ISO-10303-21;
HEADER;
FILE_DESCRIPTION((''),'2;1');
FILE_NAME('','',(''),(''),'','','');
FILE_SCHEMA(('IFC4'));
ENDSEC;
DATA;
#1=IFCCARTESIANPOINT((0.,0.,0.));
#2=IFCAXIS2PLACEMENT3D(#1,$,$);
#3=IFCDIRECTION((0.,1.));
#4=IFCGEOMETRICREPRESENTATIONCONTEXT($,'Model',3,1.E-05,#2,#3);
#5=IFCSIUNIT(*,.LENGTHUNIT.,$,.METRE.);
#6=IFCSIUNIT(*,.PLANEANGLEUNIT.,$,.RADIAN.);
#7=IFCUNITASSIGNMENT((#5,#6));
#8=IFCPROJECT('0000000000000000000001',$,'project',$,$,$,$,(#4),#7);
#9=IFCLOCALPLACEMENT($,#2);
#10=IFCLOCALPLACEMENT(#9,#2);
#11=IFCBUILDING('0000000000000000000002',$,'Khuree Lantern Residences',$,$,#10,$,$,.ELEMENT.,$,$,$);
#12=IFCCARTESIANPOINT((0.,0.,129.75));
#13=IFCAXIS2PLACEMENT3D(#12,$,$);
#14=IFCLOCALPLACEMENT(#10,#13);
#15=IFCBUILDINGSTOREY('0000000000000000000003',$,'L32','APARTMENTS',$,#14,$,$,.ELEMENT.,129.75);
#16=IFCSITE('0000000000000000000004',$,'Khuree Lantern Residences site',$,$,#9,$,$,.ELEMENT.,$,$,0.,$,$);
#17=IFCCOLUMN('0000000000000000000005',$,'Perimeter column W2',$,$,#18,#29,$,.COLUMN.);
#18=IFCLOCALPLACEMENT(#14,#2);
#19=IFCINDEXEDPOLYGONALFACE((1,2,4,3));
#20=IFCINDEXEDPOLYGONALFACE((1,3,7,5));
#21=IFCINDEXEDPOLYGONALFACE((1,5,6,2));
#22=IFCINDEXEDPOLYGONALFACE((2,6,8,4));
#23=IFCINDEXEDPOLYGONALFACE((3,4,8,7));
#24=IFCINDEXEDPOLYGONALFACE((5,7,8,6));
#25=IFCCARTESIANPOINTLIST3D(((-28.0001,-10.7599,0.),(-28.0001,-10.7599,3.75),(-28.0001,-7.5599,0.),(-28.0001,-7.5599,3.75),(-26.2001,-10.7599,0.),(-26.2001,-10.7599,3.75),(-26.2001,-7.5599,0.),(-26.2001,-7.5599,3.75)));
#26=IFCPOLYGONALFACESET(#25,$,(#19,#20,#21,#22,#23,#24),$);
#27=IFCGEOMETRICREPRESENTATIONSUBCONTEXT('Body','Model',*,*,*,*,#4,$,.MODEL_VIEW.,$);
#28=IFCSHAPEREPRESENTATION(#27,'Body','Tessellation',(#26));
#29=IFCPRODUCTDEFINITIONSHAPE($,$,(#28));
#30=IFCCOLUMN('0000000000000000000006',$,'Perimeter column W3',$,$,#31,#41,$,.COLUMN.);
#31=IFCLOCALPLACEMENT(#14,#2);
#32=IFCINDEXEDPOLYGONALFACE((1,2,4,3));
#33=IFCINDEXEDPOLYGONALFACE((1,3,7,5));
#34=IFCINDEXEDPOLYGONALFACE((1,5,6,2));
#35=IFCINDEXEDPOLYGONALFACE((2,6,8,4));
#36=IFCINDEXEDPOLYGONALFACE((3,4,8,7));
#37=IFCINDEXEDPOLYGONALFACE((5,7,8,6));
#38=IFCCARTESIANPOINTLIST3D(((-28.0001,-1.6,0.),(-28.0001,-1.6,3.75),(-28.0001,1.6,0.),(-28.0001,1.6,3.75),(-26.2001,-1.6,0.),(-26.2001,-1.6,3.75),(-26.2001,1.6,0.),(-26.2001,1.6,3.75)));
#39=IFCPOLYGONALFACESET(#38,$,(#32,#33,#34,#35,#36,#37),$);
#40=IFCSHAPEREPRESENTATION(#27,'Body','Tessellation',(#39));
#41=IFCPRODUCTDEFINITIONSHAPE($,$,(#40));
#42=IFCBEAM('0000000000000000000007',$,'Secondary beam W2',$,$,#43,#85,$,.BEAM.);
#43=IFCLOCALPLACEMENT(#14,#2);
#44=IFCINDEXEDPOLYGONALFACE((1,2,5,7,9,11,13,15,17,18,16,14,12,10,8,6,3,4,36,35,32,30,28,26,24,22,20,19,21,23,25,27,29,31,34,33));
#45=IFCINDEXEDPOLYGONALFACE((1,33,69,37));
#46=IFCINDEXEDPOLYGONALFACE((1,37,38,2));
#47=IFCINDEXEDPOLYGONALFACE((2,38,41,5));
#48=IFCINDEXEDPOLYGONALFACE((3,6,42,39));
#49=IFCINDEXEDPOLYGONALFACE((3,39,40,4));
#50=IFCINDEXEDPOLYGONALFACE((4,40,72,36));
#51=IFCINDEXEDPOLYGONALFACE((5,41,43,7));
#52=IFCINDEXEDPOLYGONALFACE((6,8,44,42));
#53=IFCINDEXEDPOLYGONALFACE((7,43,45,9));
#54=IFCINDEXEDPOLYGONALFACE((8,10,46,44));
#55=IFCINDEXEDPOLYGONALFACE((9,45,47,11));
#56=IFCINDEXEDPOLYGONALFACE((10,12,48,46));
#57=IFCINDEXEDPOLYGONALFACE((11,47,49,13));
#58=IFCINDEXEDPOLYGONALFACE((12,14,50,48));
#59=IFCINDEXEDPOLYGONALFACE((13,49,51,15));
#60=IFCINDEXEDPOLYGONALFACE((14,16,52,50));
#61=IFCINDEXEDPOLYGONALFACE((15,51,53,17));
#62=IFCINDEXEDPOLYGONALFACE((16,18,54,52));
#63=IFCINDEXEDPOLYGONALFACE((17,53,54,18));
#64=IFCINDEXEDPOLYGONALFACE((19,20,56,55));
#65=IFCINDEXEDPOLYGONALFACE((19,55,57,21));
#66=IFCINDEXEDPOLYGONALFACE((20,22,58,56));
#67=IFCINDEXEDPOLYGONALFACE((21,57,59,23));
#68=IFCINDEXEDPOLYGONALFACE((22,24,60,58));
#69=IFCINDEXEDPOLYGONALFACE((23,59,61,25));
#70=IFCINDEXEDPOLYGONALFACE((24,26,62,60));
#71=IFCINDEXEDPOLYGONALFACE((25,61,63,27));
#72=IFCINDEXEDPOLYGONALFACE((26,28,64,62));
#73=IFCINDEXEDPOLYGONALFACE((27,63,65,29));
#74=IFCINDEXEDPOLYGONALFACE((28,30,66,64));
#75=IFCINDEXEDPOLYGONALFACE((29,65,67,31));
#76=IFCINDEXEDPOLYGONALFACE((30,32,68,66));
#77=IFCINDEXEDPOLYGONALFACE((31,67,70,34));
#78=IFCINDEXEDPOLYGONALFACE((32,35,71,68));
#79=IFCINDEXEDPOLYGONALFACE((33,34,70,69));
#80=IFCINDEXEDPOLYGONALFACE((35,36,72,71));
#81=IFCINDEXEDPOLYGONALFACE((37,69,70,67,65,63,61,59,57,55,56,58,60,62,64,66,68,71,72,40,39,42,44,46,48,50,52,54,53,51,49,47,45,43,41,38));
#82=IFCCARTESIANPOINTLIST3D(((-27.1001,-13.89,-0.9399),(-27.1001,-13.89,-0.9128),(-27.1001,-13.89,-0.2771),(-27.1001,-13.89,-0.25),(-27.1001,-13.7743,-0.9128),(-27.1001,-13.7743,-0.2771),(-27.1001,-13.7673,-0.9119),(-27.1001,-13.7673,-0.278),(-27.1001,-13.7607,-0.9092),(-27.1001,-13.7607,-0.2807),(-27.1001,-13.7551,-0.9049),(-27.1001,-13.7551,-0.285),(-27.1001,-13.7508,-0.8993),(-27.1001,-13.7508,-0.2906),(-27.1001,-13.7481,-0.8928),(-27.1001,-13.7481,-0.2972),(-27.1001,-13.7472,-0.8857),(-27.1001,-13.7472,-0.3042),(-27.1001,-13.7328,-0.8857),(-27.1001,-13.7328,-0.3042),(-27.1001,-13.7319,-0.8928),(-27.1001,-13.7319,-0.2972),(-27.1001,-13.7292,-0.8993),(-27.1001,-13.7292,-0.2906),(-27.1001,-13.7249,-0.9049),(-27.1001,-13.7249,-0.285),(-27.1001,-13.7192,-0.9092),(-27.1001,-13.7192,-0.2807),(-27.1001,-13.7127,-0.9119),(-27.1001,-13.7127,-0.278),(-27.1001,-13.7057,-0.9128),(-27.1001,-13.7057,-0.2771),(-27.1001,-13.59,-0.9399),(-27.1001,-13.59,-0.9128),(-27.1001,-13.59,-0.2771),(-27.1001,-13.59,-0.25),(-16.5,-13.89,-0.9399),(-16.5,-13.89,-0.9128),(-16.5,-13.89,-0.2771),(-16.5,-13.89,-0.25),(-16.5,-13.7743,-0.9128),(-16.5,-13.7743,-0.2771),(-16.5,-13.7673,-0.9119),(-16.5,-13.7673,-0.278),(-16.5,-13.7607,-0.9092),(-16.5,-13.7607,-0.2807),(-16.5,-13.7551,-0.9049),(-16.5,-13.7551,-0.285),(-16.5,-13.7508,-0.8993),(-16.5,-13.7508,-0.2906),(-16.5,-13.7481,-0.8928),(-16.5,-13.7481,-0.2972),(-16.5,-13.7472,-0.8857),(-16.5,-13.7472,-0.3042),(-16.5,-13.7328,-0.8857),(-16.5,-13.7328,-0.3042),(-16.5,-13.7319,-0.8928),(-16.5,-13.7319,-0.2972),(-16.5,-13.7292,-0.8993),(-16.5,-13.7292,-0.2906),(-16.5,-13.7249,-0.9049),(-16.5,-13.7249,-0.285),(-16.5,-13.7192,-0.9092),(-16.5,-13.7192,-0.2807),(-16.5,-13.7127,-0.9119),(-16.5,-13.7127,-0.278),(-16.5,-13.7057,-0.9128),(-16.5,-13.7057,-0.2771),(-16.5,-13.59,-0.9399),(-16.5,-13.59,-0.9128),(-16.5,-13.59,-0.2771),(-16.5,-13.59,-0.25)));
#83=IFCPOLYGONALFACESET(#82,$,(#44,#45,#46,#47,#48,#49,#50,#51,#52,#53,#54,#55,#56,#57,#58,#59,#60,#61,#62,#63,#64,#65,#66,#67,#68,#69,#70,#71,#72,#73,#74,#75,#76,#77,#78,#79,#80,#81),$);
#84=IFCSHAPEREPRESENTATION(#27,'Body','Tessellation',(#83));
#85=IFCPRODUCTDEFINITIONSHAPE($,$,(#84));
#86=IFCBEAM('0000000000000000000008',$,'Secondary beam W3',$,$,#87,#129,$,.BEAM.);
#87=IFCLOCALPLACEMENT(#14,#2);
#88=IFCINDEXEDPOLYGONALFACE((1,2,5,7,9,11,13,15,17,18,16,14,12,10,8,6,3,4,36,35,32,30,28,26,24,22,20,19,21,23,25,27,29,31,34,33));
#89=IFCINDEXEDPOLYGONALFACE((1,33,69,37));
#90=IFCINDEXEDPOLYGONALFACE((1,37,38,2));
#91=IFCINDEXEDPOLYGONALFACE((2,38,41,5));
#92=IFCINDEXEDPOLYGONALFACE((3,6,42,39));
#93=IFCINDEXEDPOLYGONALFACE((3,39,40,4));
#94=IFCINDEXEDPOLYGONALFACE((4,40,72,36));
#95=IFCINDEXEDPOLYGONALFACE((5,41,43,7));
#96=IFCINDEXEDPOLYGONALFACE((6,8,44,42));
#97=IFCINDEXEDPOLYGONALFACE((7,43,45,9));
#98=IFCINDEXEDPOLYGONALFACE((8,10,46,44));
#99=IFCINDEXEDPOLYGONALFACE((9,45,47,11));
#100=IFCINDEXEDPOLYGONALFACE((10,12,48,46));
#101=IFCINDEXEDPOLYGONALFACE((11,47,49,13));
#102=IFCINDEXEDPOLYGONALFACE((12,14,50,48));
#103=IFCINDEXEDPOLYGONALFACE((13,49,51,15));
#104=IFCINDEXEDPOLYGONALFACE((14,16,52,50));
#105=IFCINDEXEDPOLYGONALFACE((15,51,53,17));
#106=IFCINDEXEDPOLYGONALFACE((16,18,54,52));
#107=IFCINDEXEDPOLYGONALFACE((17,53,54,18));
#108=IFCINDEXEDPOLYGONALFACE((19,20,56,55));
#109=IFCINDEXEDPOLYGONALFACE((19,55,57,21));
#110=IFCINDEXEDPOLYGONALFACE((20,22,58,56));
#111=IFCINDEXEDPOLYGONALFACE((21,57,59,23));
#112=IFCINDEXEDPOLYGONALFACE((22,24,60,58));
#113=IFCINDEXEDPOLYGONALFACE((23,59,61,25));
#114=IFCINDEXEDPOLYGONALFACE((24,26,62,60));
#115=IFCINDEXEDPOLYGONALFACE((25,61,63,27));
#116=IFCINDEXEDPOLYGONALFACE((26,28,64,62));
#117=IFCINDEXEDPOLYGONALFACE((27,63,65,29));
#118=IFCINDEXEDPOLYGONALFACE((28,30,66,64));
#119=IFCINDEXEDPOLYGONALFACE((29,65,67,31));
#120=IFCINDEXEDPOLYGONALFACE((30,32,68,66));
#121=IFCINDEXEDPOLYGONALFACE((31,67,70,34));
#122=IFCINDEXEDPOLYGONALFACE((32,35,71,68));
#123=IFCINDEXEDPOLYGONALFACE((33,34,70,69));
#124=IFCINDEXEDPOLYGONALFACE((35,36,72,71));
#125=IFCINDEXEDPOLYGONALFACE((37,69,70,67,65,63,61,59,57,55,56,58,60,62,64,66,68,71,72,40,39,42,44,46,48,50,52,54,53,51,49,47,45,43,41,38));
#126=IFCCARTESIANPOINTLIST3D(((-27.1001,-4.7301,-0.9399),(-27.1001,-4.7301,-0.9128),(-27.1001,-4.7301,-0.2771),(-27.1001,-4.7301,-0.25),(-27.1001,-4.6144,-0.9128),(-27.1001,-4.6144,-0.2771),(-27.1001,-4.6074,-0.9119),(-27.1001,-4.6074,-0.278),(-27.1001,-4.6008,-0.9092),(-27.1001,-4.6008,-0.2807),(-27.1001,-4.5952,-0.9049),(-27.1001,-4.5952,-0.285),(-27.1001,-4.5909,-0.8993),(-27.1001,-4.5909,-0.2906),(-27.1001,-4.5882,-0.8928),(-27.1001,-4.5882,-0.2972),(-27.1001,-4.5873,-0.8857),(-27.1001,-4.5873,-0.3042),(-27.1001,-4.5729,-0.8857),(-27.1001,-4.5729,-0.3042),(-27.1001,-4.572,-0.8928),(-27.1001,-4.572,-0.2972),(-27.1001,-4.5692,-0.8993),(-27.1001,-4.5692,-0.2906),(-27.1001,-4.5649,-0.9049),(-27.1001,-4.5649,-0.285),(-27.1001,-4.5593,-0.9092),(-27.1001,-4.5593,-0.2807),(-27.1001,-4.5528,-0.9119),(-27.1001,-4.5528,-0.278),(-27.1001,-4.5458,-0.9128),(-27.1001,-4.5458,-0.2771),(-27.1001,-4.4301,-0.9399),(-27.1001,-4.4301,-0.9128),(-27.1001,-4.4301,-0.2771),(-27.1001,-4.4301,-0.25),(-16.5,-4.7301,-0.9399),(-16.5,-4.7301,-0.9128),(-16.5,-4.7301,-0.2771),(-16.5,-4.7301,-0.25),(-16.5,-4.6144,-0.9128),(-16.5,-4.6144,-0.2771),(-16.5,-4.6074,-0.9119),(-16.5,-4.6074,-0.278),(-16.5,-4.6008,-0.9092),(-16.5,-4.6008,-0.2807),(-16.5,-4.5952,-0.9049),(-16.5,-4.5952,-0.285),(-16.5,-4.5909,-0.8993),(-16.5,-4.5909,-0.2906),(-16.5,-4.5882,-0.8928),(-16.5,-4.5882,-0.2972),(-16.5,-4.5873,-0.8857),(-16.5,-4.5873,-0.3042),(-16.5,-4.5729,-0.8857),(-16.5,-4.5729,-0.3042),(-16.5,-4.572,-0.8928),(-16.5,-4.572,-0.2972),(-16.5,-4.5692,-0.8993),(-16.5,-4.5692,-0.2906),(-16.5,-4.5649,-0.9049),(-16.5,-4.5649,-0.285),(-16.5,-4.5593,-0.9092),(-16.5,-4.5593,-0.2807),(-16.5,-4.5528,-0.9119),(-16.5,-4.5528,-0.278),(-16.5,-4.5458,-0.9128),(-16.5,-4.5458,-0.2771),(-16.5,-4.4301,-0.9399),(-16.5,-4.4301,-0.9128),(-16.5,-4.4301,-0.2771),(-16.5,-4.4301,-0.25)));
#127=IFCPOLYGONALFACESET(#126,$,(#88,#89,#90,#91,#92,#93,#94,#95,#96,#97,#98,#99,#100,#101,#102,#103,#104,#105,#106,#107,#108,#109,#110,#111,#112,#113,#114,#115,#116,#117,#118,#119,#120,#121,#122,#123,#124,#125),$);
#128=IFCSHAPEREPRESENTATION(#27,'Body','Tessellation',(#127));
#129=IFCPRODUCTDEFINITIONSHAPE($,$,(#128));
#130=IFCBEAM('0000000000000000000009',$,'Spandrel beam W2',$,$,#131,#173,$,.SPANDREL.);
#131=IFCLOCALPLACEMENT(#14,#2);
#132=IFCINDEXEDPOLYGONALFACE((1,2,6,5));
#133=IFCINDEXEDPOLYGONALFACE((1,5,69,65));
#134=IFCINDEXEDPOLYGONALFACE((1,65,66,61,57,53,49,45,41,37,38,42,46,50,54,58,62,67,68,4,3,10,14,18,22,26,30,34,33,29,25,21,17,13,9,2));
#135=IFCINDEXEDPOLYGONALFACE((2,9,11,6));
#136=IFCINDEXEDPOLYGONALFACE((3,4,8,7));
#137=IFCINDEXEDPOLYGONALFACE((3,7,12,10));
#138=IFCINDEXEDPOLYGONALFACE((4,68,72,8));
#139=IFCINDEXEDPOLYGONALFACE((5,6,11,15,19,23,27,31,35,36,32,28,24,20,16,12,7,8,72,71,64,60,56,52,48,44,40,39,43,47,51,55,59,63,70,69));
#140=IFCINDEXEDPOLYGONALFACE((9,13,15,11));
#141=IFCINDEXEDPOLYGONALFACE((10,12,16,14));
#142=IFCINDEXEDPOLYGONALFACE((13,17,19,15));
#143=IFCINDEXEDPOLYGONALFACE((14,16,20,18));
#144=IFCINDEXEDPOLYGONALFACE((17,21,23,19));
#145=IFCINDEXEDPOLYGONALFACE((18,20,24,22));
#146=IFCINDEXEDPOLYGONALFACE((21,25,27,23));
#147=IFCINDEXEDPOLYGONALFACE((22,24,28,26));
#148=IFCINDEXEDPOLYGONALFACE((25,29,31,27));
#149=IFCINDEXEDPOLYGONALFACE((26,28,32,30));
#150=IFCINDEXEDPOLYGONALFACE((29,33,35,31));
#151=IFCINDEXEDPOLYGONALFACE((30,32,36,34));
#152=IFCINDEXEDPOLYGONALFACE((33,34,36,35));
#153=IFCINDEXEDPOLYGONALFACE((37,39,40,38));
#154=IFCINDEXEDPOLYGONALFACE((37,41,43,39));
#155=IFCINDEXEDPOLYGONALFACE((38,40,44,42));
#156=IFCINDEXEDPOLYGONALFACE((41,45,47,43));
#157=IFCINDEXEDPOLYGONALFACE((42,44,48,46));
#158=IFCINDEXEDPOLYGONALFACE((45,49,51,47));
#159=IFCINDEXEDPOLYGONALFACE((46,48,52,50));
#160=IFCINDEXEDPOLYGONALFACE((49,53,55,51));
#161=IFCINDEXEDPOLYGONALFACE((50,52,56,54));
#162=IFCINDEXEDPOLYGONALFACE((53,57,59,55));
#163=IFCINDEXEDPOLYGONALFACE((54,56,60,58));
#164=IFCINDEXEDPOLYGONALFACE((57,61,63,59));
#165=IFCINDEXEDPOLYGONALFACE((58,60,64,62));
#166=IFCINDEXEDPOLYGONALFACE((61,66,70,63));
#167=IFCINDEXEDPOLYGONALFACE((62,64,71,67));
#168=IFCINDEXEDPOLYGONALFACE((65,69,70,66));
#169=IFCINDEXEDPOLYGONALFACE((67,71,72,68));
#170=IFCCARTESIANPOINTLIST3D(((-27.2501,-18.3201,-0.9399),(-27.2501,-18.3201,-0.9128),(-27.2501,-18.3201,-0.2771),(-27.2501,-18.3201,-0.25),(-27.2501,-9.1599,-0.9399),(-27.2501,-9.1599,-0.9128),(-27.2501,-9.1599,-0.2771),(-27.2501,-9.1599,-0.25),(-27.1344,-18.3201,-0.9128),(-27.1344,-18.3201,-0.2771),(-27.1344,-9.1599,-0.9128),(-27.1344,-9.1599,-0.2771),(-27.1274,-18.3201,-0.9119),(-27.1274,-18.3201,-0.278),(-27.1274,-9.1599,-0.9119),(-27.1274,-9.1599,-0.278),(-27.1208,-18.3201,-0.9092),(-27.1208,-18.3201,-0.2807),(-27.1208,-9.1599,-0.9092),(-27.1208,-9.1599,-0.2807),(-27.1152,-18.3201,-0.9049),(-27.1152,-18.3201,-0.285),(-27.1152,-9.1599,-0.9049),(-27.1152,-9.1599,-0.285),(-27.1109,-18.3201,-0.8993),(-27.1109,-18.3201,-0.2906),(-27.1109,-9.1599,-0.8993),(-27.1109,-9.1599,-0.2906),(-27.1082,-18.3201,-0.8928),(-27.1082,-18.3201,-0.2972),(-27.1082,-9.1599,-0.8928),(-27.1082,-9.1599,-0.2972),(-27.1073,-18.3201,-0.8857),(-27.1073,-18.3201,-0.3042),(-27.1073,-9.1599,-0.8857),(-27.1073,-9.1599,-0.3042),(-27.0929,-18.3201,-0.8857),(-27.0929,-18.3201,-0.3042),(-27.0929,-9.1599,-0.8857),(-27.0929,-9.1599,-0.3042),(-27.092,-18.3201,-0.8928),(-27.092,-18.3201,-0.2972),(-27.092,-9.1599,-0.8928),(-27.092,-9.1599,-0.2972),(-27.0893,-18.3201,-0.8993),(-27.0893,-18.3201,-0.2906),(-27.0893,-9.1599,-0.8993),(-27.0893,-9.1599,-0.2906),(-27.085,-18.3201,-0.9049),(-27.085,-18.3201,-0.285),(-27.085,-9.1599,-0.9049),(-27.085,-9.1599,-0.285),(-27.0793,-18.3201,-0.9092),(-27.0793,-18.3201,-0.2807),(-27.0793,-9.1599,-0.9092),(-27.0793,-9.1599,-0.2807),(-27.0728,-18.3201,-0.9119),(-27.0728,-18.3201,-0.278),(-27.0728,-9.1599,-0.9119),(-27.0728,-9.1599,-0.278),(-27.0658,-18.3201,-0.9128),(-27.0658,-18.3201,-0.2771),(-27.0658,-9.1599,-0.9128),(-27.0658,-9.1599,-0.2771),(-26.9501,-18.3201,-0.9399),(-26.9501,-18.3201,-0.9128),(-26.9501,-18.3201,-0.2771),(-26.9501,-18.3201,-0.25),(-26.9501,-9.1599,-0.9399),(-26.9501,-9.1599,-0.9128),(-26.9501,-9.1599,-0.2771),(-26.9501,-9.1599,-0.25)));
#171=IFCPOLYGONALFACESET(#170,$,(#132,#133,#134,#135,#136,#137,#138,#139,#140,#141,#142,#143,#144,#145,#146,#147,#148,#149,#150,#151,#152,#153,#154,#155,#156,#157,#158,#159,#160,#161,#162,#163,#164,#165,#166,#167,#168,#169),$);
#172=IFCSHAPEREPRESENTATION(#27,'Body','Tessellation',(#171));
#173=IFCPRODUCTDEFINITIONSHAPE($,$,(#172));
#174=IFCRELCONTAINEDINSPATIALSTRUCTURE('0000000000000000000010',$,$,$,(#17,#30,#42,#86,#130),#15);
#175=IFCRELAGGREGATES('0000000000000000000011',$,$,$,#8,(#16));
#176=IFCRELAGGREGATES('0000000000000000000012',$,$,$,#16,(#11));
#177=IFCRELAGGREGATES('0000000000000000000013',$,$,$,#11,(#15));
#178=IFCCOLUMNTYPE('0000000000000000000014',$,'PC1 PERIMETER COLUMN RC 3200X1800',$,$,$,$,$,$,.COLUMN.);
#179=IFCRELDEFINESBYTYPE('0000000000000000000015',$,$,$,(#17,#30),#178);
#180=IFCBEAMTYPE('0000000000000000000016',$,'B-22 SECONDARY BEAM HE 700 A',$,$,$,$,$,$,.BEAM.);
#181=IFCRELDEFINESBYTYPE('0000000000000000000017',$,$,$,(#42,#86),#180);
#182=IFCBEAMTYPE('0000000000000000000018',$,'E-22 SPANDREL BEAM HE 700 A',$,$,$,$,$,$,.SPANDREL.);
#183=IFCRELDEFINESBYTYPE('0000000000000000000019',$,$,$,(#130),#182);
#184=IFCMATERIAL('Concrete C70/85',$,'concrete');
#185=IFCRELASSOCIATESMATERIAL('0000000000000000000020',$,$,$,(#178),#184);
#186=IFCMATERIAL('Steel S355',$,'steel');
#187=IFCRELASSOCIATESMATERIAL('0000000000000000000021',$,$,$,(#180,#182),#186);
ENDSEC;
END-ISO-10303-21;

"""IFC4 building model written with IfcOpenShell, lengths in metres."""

from ifc_helpers import new_model, si_unit, direction, frame, origin, origin_2d, place, context, subcontext, project, spatial, rectangle, i_section, extrude, material, material_profile, profile_set, type_object, element, save


model = new_model("IFC4")

# Units and contexts
model_context = context("Model", 3, precision=1e-05, world=origin(), true_north=direction((0.0, 1.0)))
body_context = subcontext(model_context, "Body", "Model", "MODEL_VIEW")
ifc_project = project(units=[si_unit("LENGTHUNIT", "METRE"), si_unit("PLANEANGLEUNIT", "RADIAN")], contexts=[model_context])

# Site, building, storey
site_placement = place(None, origin())
site = spatial("IfcSite", under=ifc_project, at=site_placement, Name="Khuree Lantern Residences site", CompositionType="ELEMENT", RefElevation=0.0)
building_placement = place(site_placement, origin())
building = spatial("IfcBuilding", under=site, at=building_placement, Name="Khuree Lantern Residences", CompositionType="ELEMENT")
storey_placement = place(building_placement, frame((0.0, 0.0, 129.75)))
storey = spatial("IfcBuildingStorey", under=building, at=storey_placement, Name="L32", Description="APARTMENTS", CompositionType="ELEMENT", Elevation=129.75)

# Columns
ifc_material_1 = material(Name="Concrete C70/85", Category="concrete")
ifc_material_profile_1 = material_profile(ifc_material_1, rectangle(XDim=3.2, YDim=1.8, at=origin_2d()), Name="RC 3200X1800")
ifc_profile_set_1 = profile_set([ifc_material_profile_1], Name="Concrete C70/85")
column_type = type_object("IfcColumnType", Name="PC1 PERIMETER COLUMN RC 3200X1800", PredefinedType="COLUMN", material=ifc_profile_set_1)
for number, where, z_axis, x_axis, name in (
    (1, (-27.1001, -9.1599, 0.0), (0.0, 0.0, 1.0), (0.0, 1.0, 0.0), "Perimeter column W2"),
    (2, (-27.1001, 0.0, 0.0), (0.0, 0.0, 1.0), (0.0, 1.0, 0.0), "Perimeter column W3"),
):
    element("IfcColumn", number, at=place(storey_placement, frame(where, z_axis=z_axis, x_axis=x_axis)), inside=storey, type_object=column_type, Name=name, PredefinedType="COLUMN", context=body_context, shape_type="SweptSolid", body=[
        extrude(rectangle(XDim=3.2, YDim=1.8, at=origin_2d()), origin(), (0.0, 0.0, 1.0), 3.75),
    ])

# Beams
ifc_material_2 = material(Name="Steel S355", Category="steel")
ifc_material_profile_2 = material_profile(ifc_material_2, i_section(OverallWidth=0.3, OverallDepth=0.6899, WebThickness=0.0144, FlangeThickness=0.0271, FilletRadius=0.0271, at=origin_2d()), Name="HE 700 A")
ifc_profile_set_2 = profile_set([ifc_material_profile_2], Name="Steel S355")
beam_type_1 = type_object("IfcBeamType", Name="B-22 SECONDARY BEAM HE 700 A", PredefinedType="BEAM", material=ifc_profile_set_2)
for number, where, z_axis, x_axis, name in (
    (3, (-27.1001, -13.74, -0.595), (1.0, 0.0, 0.0), (0.0, 1.0, 0.0), "Secondary beam W2"),
    (4, (-27.1001, -4.5801, -0.595), (1.0, 0.0, 0.0), (0.0, 1.0, 0.0), "Secondary beam W3"),
):
    element("IfcBeam", number, at=place(storey_placement, frame(where, z_axis=z_axis, x_axis=x_axis)), inside=storey, type_object=beam_type_1, Name=name, PredefinedType="BEAM", context=body_context, shape_type="SweptSolid", body=[
        extrude(i_section(OverallWidth=0.3, OverallDepth=0.6899, WebThickness=0.0144, FlangeThickness=0.0271, FilletRadius=0.0271, at=origin_2d()), origin(), (0.0, 0.0, 1.0), 10.6001),
    ])
ifc_material_profile_3 = material_profile(ifc_material_2, i_section(OverallWidth=0.3, OverallDepth=0.6899, WebThickness=0.0144, FlangeThickness=0.0271, FilletRadius=0.0271, at=origin_2d()), Name="HE 700 A")
ifc_profile_set_3 = profile_set([ifc_material_profile_3], Name="Steel S355")
beam_type_2 = type_object("IfcBeamType", Name="E-22 SPANDREL BEAM HE 700 A", PredefinedType="SPANDREL", material=ifc_profile_set_3)
beam_1_placement = place(storey_placement, frame((-27.1001, -18.3201, -0.595), z_axis=(0.0, 1.0, 0.0), x_axis=(-1.0, 0.0, 0.0)))
element("IfcBeam", 5, at=beam_1_placement, inside=storey, type_object=beam_type_2, Name="Spandrel beam W2", PredefinedType="SPANDREL", context=body_context, shape_type="SweptSolid", body=[
    extrude(i_section(OverallWidth=0.3, OverallDepth=0.6899, WebThickness=0.0144, FlangeThickness=0.0271, FilletRadius=0.0271, at=origin_2d()), origin(), (0.0, 0.0, 1.0), 9.1602),
])

save(model, "model.ifc")
